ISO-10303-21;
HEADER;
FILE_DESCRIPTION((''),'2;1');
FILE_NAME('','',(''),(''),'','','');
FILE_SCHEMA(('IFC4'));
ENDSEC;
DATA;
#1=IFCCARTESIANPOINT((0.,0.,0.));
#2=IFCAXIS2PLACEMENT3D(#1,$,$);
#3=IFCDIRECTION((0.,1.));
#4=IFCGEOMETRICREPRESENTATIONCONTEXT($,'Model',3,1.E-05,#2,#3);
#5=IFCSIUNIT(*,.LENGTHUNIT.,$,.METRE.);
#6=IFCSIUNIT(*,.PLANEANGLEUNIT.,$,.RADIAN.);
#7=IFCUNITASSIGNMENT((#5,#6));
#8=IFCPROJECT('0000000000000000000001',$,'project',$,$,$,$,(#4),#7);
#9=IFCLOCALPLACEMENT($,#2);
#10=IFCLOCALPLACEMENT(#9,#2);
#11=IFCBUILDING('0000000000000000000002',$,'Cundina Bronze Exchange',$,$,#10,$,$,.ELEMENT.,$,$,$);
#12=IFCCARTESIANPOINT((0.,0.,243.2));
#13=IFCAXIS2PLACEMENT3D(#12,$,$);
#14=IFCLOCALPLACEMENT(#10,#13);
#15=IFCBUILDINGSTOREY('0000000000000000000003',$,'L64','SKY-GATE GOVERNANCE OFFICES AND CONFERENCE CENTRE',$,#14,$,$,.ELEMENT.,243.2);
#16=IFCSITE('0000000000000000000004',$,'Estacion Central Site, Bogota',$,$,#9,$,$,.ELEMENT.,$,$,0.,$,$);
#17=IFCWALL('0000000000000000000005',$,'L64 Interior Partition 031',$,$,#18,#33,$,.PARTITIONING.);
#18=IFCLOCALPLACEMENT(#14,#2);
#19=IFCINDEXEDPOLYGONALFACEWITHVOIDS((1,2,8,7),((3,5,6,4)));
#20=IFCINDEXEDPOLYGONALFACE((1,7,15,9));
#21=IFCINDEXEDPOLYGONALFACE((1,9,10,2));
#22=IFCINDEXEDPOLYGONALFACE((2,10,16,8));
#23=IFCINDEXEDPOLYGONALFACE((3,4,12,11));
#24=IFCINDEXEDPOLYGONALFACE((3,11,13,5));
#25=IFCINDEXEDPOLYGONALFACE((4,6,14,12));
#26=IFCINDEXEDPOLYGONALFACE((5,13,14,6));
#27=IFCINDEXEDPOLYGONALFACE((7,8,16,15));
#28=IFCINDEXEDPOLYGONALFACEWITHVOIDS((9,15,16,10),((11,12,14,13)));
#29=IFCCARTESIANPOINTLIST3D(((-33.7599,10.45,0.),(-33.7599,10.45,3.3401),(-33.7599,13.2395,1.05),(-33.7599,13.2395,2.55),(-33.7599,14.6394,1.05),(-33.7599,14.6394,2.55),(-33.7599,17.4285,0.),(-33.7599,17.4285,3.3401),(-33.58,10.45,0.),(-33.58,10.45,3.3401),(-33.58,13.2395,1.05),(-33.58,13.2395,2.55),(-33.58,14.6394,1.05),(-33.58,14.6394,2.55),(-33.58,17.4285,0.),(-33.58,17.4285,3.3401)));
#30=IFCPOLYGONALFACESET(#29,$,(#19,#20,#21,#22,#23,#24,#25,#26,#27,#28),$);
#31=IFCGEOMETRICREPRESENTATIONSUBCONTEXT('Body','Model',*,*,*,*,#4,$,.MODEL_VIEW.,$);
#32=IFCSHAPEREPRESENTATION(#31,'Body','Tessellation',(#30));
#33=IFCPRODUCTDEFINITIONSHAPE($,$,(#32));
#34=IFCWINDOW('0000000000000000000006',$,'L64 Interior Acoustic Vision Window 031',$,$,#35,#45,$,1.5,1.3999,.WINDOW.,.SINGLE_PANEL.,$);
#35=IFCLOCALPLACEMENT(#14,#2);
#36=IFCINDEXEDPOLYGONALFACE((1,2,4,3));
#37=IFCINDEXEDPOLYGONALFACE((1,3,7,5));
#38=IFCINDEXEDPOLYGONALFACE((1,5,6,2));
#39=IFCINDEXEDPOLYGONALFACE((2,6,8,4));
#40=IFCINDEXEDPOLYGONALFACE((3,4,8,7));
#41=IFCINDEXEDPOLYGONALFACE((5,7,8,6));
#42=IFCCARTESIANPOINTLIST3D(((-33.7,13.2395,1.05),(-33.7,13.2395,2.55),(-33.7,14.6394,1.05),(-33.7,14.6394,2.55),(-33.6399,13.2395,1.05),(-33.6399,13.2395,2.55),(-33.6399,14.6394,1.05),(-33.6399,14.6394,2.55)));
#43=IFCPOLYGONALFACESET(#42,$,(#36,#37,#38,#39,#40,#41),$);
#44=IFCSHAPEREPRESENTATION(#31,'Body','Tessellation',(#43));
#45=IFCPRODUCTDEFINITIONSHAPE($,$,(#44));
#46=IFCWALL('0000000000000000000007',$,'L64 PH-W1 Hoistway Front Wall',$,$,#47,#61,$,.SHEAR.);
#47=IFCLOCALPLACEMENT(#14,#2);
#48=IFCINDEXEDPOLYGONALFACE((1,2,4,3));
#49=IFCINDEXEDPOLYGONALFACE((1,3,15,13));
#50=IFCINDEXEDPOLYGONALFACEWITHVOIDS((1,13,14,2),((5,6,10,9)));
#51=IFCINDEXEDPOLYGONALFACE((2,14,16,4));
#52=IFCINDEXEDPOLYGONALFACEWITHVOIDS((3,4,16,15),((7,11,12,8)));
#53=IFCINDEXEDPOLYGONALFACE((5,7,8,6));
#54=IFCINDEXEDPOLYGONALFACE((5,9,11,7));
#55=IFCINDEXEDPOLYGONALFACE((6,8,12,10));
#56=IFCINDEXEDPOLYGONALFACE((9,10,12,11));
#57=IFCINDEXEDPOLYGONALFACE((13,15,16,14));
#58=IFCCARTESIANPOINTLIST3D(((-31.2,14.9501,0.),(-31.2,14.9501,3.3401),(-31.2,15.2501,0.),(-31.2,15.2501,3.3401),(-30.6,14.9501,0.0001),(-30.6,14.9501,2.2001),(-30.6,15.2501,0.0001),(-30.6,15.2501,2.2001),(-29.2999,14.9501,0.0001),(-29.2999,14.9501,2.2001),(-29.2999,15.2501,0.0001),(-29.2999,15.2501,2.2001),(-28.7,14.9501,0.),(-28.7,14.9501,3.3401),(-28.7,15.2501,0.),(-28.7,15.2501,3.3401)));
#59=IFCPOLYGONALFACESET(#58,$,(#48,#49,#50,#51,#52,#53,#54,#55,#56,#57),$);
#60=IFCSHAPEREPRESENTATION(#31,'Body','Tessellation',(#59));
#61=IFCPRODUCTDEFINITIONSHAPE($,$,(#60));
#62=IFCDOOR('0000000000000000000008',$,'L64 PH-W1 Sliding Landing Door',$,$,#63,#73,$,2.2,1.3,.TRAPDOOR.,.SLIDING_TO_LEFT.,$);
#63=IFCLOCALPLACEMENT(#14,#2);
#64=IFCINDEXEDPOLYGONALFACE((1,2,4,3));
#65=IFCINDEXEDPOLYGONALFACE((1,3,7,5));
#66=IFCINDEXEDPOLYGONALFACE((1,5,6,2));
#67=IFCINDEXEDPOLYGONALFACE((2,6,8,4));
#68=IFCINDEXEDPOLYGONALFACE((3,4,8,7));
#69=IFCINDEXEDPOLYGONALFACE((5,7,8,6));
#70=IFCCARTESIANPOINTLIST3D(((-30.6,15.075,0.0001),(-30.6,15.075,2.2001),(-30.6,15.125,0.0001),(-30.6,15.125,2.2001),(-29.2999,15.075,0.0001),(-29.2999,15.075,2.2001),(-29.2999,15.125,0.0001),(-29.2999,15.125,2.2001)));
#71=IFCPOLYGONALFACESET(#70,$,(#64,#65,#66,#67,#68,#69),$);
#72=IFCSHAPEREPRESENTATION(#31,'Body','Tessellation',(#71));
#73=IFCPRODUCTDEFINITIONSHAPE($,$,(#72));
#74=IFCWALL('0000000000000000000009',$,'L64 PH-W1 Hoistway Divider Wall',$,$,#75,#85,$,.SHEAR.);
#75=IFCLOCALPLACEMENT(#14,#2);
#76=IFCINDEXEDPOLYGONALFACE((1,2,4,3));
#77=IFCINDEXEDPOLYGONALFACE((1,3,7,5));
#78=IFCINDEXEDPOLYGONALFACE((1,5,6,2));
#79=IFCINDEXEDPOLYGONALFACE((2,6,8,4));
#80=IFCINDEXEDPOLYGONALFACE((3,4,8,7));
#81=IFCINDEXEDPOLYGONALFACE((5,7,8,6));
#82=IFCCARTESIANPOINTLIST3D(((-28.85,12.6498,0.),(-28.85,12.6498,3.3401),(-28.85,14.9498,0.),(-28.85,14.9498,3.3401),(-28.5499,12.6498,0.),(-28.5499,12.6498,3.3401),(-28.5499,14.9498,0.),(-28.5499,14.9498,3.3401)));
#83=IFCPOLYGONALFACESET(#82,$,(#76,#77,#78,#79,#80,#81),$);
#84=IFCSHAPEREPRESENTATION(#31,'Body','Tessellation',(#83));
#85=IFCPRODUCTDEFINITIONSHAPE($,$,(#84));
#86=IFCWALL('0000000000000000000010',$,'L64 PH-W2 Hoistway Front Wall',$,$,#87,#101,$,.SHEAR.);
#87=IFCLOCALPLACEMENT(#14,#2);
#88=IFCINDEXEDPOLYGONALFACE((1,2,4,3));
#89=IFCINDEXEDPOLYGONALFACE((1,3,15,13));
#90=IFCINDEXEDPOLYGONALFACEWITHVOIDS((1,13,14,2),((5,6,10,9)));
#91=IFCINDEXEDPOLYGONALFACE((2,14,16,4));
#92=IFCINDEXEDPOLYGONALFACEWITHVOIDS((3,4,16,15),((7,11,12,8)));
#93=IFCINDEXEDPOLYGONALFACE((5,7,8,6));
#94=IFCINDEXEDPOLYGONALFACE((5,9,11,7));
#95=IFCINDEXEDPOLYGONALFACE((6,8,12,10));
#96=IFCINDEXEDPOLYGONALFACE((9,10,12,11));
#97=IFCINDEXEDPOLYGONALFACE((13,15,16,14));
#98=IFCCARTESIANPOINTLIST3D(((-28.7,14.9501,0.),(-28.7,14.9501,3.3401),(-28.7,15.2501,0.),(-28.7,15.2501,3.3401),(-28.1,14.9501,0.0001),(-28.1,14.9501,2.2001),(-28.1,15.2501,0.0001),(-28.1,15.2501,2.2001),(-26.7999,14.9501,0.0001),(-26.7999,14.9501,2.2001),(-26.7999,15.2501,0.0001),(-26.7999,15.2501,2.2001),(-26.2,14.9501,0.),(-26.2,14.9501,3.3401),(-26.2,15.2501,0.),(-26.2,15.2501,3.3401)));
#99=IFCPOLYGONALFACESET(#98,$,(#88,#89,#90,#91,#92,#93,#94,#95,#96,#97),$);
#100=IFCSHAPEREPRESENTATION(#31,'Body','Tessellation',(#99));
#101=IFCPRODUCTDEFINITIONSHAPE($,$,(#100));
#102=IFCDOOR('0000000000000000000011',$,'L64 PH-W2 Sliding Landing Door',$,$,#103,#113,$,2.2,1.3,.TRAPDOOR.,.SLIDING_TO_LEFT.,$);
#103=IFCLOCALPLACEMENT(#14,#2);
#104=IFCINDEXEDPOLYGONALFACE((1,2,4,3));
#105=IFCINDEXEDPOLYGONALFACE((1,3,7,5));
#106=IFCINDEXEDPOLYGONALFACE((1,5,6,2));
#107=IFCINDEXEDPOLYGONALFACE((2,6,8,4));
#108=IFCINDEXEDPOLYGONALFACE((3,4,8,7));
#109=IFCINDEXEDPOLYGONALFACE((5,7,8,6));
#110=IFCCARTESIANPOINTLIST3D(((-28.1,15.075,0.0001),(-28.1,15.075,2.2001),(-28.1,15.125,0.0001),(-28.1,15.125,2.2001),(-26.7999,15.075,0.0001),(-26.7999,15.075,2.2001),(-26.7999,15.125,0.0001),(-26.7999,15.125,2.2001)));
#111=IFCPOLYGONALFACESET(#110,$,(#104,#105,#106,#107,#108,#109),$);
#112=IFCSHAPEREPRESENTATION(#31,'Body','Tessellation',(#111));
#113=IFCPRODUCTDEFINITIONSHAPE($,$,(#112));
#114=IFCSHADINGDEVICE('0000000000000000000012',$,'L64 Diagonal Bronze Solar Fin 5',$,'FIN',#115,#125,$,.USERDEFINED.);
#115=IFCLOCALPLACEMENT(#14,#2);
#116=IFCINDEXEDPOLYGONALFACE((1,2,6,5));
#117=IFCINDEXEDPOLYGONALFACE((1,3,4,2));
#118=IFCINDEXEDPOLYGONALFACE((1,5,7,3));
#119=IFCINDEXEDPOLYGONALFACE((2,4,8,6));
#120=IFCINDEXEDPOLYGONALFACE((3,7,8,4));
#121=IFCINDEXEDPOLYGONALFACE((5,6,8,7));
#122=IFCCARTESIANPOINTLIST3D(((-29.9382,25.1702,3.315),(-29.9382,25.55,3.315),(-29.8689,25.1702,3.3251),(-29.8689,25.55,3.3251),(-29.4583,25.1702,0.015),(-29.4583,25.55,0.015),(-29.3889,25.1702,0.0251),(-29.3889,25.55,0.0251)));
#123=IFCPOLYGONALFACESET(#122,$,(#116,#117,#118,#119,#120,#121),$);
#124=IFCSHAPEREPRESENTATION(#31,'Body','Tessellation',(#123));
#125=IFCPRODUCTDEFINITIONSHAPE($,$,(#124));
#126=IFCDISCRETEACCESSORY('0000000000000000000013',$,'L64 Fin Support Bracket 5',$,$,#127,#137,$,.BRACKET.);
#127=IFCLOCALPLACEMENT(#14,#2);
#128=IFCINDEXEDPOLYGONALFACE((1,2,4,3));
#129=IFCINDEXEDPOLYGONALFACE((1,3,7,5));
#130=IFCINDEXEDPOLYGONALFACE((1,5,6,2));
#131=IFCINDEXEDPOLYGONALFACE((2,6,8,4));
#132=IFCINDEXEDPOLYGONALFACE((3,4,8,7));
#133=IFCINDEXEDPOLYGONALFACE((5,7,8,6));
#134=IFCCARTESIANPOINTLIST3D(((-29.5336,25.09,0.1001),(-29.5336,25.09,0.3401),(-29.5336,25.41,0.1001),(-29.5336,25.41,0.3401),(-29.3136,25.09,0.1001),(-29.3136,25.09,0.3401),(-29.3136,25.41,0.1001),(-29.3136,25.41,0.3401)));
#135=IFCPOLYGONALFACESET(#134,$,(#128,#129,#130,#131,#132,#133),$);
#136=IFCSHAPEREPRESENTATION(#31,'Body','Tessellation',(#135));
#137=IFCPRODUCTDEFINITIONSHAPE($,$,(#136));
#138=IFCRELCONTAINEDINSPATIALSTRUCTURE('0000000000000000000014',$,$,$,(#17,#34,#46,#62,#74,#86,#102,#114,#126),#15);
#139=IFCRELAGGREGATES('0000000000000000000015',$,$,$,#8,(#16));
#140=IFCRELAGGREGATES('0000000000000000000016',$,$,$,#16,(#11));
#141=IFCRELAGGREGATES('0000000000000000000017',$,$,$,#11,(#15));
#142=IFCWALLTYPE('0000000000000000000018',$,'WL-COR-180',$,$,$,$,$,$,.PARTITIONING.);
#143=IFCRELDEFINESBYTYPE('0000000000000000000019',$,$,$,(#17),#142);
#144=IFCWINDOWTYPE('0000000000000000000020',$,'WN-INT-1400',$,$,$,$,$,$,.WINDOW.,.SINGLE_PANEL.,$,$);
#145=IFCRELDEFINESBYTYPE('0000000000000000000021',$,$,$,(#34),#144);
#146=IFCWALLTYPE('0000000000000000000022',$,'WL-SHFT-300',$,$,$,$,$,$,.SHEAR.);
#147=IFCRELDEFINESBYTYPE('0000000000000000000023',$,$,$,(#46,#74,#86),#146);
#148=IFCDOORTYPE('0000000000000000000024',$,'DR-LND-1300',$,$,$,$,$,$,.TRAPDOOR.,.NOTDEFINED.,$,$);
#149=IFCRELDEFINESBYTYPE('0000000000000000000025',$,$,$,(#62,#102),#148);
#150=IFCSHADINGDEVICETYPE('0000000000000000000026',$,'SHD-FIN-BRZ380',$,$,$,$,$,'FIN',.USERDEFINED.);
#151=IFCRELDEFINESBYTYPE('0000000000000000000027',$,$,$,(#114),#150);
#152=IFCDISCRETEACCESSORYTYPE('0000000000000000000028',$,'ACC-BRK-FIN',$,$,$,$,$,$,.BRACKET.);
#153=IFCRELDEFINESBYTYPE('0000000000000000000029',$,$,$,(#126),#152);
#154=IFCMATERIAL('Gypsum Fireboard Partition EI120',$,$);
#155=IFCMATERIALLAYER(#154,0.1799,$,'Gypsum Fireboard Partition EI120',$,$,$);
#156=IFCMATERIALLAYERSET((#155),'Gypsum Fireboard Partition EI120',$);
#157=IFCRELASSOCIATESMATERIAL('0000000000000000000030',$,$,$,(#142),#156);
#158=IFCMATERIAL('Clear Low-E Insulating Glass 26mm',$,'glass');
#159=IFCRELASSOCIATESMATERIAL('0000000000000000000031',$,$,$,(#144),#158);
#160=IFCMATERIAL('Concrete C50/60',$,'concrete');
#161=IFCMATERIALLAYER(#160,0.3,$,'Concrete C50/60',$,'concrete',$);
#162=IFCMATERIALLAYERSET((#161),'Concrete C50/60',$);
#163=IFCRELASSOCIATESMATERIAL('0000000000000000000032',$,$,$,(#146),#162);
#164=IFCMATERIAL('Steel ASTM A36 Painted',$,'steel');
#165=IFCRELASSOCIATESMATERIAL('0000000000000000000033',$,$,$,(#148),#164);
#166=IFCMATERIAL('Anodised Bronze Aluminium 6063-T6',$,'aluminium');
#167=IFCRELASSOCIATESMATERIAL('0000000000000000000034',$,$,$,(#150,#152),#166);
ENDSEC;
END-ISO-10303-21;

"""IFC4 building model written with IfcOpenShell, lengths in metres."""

from ifc_helpers import new_model, si_unit, direction, frame, frame_2d, origin, origin_2d, place, context, subcontext, project, spatial, rectangle, extrude, material, layer, layer_set, material_profile, profile_set, type_object, element, fill, save


model = new_model("IFC4")

# Units and contexts
model_context = context("Model", 3, precision=1e-05, world=origin(), true_north=direction((0.0, 1.0)))
body_context = subcontext(model_context, "Body", "Model", "MODEL_VIEW")
ifc_project = project(units=[si_unit("LENGTHUNIT", "METRE"), si_unit("PLANEANGLEUNIT", "RADIAN")], contexts=[model_context])

# Site, building, storey
site_placement = place(None, origin())
site = spatial("IfcSite", under=ifc_project, at=site_placement, Name="Estacion Central Site, Bogota", CompositionType="ELEMENT", RefElevation=0.0)
building_placement = place(site_placement, origin())
building = spatial("IfcBuilding", under=site, at=building_placement, Name="Cundina Bronze Exchange", CompositionType="ELEMENT")
storey_placement = place(building_placement, frame((0.0, 0.0, 243.2)))
storey = spatial("IfcBuildingStorey", under=building, at=storey_placement, Name="L64", Description="SKY-GATE GOVERNANCE OFFICES AND CONFERENCE CENTRE", CompositionType="ELEMENT", Elevation=243.2)

# Shared definitions
ifc_material_1 = material(Name="Concrete C50/60", Category="concrete")

# Shared definitions
ifc_material_2 = material(Name="Anodised Bronze Aluminium 6063-T6", Category="aluminium")

# Wall, opening, window
ifc_material_3 = material(Name="Gypsum Fireboard Partition EI120")
ifc_layer_1 = layer(ifc_material_3, 0.1799, Name="Gypsum Fireboard Partition EI120")
ifc_layer_set_1 = layer_set([ifc_layer_1], Name="Gypsum Fireboard Partition EI120")
wall_type_1 = type_object("IfcWallType", Name="WL-COR-180", PredefinedType="PARTITIONING", material=ifc_layer_set_1)
wall_1_placement = place(storey_placement, frame((-33.6699, 17.4285, 0.0), z_axis=(0.0, 0.0, 1.0), x_axis=(0.0, -1.0, 0.0)))
wall_1 = element("IfcWall", 1, at=wall_1_placement, inside=storey, type_object=wall_type_1, Name="L64 Interior Partition 031", PredefinedType="PARTITIONING", context=body_context, shape_type="SweptSolid", body=[
    extrude(rectangle(XDim=6.9785, YDim=0.1799, at=frame_2d((3.4893, 0.0))), origin(), (0.0, 0.0, 1.0), 3.3401),
])
opening_1_placement = place(wall_1_placement, frame((2.7891, 0.0, 1.05)))
opening_1 = element("IfcOpeningElement", 2, at=opening_1_placement, cuts=wall_1, PredefinedType="OPENING", context=body_context, shape_type="SweptSolid", body=[
    extrude(rectangle(XDim=1.3999, YDim=1.5, at=frame_2d((0.7, 0.75))), frame((0.0, 0.0999, 0.0), z_axis=(0.0, -1.0, 0.0), x_axis=(1.0, 0.0, 0.0)), (0.0, 0.0, 1.0), 0.2),
])
ifc_material_4 = material(Name="Clear Low-E Insulating Glass 26mm", Category="glass")
window_type = type_object("IfcWindowType", Name="WN-INT-1400", PartitioningType="SINGLE_PANEL", PredefinedType="WINDOW", material=ifc_material_4)
window_placement = place(opening_1_placement, origin())
window = element("IfcWindow", 3, at=window_placement, inside=storey, type_object=window_type, Name="L64 Interior Acoustic Vision Window 031", OverallHeight=1.5, OverallWidth=1.3999, PartitioningType="SINGLE_PANEL", PredefinedType="WINDOW", context=body_context, shape_type="SweptSolid", body=[
    extrude(rectangle(XDim=1.3999, YDim=1.5, at=frame_2d((0.7, 0.75))), frame((0.0, 0.03, 0.0), z_axis=(0.0, -1.0, 0.0), x_axis=(1.0, 0.0, 0.0)), (0.0, 0.0, 1.0), 0.0601),
])
fill(opening_1, window)

# Wall, opening, door
ifc_layer_2 = layer(ifc_material_1, 0.3, Name="Concrete C50/60", Category="concrete")
ifc_layer_set_2 = layer_set([ifc_layer_2], Name="Concrete C50/60")
wall_type_2 = type_object("IfcWallType", Name="WL-SHFT-300", PredefinedType="SHEAR", material=ifc_layer_set_2)
wall_2_placement = place(storey_placement, frame((-31.2, 15.1001, 0.0), z_axis=(0.0, 0.0, 1.0), x_axis=(1.0, 0.0, 0.0)))
wall_2 = element("IfcWall", 4, at=wall_2_placement, inside=storey, type_object=wall_type_2, Name="L64 PH-W1 Hoistway Front Wall", PredefinedType="SHEAR", context=body_context, shape_type="SweptSolid", body=[
    extrude(rectangle(XDim=2.5, YDim=0.3, at=frame_2d((1.25, 0.0))), origin(), (0.0, 0.0, 1.0), 3.3401),
])
opening_2_placement = place(wall_2_placement, frame((0.6001, 0.0, 0.0)))
opening_2 = element("IfcOpeningElement", 5, at=opening_2_placement, cuts=wall_2, PredefinedType="OPENING", context=body_context, shape_type="SweptSolid", body=[
    extrude(rectangle(XDim=1.3, YDim=2.2, at=frame_2d((0.6499, 1.1001))), frame((0.0, 0.1599, 0.0), z_axis=(0.0, -1.0, 0.0), x_axis=(1.0, 0.0, 0.0)), (0.0, 0.0, 1.0), 0.3201),
])
ifc_material_5 = material(Name="Steel ASTM A36 Painted", Category="steel")
door_type = type_object("IfcDoorType", Name="DR-LND-1300", OperationType="NOTDEFINED", PredefinedType="TRAPDOOR", material=ifc_material_5)
door_1_placement = place(opening_2_placement, origin())
door_1 = element("IfcDoor", 6, at=door_1_placement, inside=storey, type_object=door_type, Name="L64 PH-W1 Sliding Landing Door", OperationType="SLIDING_TO_LEFT", OverallHeight=2.2, OverallWidth=1.3, PredefinedType="TRAPDOOR", context=body_context, shape_type="SweptSolid", body=[
    extrude(rectangle(XDim=1.3, YDim=2.2, at=frame_2d((0.6499, 1.1001))), frame((0.0, 0.0249, 0.0), z_axis=(0.0, -1.0, 0.0), x_axis=(1.0, 0.0, 0.0)), (0.0, 0.0, 1.0), 0.05),
])
fill(opening_2, door_1)

# Wall
wall_3_placement = place(storey_placement, frame((-28.7, 12.6499, 0.0), z_axis=(0.0, 0.0, 1.0), x_axis=(0.0, 1.0, 0.0)))
element("IfcWall", 7, at=wall_3_placement, inside=storey, type_object=wall_type_2, Name="L64 PH-W1 Hoistway Divider Wall", PredefinedType="SHEAR", context=body_context, shape_type="SweptSolid", body=[
    extrude(rectangle(XDim=2.3, YDim=0.3, at=frame_2d((1.1499, 0.0))), origin(), (0.0, 0.0, 1.0), 3.3401),
])

# Wall, opening, door
wall_4_placement = place(storey_placement, frame((-28.7, 15.1001, 0.0), z_axis=(0.0, 0.0, 1.0), x_axis=(1.0, 0.0, 0.0)))
wall_4 = element("IfcWall", 8, at=wall_4_placement, inside=storey, type_object=wall_type_2, Name="L64 PH-W2 Hoistway Front Wall", PredefinedType="SHEAR", context=body_context, shape_type="SweptSolid", body=[
    extrude(rectangle(XDim=2.5, YDim=0.3, at=frame_2d((1.25, 0.0))), origin(), (0.0, 0.0, 1.0), 3.3401),
])
opening_3_placement = place(wall_4_placement, frame((0.6001, 0.0, 0.0)))
opening_3 = element("IfcOpeningElement", 9, at=opening_3_placement, cuts=wall_4, PredefinedType="OPENING", context=body_context, shape_type="SweptSolid", body=[
    extrude(rectangle(XDim=1.3, YDim=2.2, at=frame_2d((0.6499, 1.1001))), frame((0.0, 0.1599, 0.0), z_axis=(0.0, -1.0, 0.0), x_axis=(1.0, 0.0, 0.0)), (0.0, 0.0, 1.0), 0.3201),
])
door_2_placement = place(opening_3_placement, origin())
door_2 = element("IfcDoor", 10, at=door_2_placement, inside=storey, type_object=door_type, Name="L64 PH-W2 Sliding Landing Door", OperationType="SLIDING_TO_LEFT", OverallHeight=2.2, OverallWidth=1.3, PredefinedType="TRAPDOOR", context=body_context, shape_type="SweptSolid", body=[
    extrude(rectangle(XDim=1.3, YDim=2.2, at=frame_2d((0.6499, 1.1001))), frame((0.0, 0.0249, 0.0), z_axis=(0.0, -1.0, 0.0), x_axis=(1.0, 0.0, 0.0)), (0.0, 0.0, 1.0), 0.05),
])
fill(opening_3, door_2)

# Shading device
ifc_material_profile_1 = material_profile(ifc_material_2, rectangle(XDim=0.0701, YDim=0.3799, at=origin_2d()), Name="FIN70X380", Category="aluminium")
ifc_profile_set_1 = profile_set([ifc_material_profile_1], Name="Anodised Bronze Aluminium 6063-T6")
shading_device_type = type_object("IfcShadingDeviceType", Name="SHD-FIN-BRZ380", ElementType="FIN", PredefinedType="USERDEFINED", material=ifc_profile_set_1)
shading_device_placement = place(storey_placement, frame((-29.4236, 25.3601, 0.02), z_axis=(-0.143932, 0.0, 0.989588), x_axis=(0.989588, 0.0, 0.143932)))
element("IfcShadingDevice", 11, at=shading_device_placement, inside=storey, type_object=shading_device_type, Name="L64 Diagonal Bronze Solar Fin 5", ObjectType="FIN", PredefinedType="USERDEFINED", context=body_context, shape_type="SweptSolid", body=[
    extrude(rectangle(XDim=0.0701, YDim=0.3799, at=origin_2d()), origin(), (0.0, 0.0, 1.0), 3.3347),
])

# Discrete accessory
discrete_accessory_type = type_object("IfcDiscreteAccessoryType", Name="ACC-BRK-FIN", PredefinedType="BRACKET", material=ifc_material_2)
discrete_accessory_placement = place(storey_placement, frame((-29.4236, 25.25, 0.1001), z_axis=(0.0, 0.0, 1.0), x_axis=(-1.0, 0.0, 0.0)))
element("IfcDiscreteAccessory", 12, at=discrete_accessory_placement, inside=storey, type_object=discrete_accessory_type, Name="L64 Fin Support Bracket 5", PredefinedType="BRACKET", context=body_context, shape_type="SweptSolid", body=[
    extrude(rectangle(XDim=0.22, YDim=0.3201, at=origin_2d()), origin(), (0.0, 0.0, 1.0), 0.24),
])

save(model, "model.ifc")
